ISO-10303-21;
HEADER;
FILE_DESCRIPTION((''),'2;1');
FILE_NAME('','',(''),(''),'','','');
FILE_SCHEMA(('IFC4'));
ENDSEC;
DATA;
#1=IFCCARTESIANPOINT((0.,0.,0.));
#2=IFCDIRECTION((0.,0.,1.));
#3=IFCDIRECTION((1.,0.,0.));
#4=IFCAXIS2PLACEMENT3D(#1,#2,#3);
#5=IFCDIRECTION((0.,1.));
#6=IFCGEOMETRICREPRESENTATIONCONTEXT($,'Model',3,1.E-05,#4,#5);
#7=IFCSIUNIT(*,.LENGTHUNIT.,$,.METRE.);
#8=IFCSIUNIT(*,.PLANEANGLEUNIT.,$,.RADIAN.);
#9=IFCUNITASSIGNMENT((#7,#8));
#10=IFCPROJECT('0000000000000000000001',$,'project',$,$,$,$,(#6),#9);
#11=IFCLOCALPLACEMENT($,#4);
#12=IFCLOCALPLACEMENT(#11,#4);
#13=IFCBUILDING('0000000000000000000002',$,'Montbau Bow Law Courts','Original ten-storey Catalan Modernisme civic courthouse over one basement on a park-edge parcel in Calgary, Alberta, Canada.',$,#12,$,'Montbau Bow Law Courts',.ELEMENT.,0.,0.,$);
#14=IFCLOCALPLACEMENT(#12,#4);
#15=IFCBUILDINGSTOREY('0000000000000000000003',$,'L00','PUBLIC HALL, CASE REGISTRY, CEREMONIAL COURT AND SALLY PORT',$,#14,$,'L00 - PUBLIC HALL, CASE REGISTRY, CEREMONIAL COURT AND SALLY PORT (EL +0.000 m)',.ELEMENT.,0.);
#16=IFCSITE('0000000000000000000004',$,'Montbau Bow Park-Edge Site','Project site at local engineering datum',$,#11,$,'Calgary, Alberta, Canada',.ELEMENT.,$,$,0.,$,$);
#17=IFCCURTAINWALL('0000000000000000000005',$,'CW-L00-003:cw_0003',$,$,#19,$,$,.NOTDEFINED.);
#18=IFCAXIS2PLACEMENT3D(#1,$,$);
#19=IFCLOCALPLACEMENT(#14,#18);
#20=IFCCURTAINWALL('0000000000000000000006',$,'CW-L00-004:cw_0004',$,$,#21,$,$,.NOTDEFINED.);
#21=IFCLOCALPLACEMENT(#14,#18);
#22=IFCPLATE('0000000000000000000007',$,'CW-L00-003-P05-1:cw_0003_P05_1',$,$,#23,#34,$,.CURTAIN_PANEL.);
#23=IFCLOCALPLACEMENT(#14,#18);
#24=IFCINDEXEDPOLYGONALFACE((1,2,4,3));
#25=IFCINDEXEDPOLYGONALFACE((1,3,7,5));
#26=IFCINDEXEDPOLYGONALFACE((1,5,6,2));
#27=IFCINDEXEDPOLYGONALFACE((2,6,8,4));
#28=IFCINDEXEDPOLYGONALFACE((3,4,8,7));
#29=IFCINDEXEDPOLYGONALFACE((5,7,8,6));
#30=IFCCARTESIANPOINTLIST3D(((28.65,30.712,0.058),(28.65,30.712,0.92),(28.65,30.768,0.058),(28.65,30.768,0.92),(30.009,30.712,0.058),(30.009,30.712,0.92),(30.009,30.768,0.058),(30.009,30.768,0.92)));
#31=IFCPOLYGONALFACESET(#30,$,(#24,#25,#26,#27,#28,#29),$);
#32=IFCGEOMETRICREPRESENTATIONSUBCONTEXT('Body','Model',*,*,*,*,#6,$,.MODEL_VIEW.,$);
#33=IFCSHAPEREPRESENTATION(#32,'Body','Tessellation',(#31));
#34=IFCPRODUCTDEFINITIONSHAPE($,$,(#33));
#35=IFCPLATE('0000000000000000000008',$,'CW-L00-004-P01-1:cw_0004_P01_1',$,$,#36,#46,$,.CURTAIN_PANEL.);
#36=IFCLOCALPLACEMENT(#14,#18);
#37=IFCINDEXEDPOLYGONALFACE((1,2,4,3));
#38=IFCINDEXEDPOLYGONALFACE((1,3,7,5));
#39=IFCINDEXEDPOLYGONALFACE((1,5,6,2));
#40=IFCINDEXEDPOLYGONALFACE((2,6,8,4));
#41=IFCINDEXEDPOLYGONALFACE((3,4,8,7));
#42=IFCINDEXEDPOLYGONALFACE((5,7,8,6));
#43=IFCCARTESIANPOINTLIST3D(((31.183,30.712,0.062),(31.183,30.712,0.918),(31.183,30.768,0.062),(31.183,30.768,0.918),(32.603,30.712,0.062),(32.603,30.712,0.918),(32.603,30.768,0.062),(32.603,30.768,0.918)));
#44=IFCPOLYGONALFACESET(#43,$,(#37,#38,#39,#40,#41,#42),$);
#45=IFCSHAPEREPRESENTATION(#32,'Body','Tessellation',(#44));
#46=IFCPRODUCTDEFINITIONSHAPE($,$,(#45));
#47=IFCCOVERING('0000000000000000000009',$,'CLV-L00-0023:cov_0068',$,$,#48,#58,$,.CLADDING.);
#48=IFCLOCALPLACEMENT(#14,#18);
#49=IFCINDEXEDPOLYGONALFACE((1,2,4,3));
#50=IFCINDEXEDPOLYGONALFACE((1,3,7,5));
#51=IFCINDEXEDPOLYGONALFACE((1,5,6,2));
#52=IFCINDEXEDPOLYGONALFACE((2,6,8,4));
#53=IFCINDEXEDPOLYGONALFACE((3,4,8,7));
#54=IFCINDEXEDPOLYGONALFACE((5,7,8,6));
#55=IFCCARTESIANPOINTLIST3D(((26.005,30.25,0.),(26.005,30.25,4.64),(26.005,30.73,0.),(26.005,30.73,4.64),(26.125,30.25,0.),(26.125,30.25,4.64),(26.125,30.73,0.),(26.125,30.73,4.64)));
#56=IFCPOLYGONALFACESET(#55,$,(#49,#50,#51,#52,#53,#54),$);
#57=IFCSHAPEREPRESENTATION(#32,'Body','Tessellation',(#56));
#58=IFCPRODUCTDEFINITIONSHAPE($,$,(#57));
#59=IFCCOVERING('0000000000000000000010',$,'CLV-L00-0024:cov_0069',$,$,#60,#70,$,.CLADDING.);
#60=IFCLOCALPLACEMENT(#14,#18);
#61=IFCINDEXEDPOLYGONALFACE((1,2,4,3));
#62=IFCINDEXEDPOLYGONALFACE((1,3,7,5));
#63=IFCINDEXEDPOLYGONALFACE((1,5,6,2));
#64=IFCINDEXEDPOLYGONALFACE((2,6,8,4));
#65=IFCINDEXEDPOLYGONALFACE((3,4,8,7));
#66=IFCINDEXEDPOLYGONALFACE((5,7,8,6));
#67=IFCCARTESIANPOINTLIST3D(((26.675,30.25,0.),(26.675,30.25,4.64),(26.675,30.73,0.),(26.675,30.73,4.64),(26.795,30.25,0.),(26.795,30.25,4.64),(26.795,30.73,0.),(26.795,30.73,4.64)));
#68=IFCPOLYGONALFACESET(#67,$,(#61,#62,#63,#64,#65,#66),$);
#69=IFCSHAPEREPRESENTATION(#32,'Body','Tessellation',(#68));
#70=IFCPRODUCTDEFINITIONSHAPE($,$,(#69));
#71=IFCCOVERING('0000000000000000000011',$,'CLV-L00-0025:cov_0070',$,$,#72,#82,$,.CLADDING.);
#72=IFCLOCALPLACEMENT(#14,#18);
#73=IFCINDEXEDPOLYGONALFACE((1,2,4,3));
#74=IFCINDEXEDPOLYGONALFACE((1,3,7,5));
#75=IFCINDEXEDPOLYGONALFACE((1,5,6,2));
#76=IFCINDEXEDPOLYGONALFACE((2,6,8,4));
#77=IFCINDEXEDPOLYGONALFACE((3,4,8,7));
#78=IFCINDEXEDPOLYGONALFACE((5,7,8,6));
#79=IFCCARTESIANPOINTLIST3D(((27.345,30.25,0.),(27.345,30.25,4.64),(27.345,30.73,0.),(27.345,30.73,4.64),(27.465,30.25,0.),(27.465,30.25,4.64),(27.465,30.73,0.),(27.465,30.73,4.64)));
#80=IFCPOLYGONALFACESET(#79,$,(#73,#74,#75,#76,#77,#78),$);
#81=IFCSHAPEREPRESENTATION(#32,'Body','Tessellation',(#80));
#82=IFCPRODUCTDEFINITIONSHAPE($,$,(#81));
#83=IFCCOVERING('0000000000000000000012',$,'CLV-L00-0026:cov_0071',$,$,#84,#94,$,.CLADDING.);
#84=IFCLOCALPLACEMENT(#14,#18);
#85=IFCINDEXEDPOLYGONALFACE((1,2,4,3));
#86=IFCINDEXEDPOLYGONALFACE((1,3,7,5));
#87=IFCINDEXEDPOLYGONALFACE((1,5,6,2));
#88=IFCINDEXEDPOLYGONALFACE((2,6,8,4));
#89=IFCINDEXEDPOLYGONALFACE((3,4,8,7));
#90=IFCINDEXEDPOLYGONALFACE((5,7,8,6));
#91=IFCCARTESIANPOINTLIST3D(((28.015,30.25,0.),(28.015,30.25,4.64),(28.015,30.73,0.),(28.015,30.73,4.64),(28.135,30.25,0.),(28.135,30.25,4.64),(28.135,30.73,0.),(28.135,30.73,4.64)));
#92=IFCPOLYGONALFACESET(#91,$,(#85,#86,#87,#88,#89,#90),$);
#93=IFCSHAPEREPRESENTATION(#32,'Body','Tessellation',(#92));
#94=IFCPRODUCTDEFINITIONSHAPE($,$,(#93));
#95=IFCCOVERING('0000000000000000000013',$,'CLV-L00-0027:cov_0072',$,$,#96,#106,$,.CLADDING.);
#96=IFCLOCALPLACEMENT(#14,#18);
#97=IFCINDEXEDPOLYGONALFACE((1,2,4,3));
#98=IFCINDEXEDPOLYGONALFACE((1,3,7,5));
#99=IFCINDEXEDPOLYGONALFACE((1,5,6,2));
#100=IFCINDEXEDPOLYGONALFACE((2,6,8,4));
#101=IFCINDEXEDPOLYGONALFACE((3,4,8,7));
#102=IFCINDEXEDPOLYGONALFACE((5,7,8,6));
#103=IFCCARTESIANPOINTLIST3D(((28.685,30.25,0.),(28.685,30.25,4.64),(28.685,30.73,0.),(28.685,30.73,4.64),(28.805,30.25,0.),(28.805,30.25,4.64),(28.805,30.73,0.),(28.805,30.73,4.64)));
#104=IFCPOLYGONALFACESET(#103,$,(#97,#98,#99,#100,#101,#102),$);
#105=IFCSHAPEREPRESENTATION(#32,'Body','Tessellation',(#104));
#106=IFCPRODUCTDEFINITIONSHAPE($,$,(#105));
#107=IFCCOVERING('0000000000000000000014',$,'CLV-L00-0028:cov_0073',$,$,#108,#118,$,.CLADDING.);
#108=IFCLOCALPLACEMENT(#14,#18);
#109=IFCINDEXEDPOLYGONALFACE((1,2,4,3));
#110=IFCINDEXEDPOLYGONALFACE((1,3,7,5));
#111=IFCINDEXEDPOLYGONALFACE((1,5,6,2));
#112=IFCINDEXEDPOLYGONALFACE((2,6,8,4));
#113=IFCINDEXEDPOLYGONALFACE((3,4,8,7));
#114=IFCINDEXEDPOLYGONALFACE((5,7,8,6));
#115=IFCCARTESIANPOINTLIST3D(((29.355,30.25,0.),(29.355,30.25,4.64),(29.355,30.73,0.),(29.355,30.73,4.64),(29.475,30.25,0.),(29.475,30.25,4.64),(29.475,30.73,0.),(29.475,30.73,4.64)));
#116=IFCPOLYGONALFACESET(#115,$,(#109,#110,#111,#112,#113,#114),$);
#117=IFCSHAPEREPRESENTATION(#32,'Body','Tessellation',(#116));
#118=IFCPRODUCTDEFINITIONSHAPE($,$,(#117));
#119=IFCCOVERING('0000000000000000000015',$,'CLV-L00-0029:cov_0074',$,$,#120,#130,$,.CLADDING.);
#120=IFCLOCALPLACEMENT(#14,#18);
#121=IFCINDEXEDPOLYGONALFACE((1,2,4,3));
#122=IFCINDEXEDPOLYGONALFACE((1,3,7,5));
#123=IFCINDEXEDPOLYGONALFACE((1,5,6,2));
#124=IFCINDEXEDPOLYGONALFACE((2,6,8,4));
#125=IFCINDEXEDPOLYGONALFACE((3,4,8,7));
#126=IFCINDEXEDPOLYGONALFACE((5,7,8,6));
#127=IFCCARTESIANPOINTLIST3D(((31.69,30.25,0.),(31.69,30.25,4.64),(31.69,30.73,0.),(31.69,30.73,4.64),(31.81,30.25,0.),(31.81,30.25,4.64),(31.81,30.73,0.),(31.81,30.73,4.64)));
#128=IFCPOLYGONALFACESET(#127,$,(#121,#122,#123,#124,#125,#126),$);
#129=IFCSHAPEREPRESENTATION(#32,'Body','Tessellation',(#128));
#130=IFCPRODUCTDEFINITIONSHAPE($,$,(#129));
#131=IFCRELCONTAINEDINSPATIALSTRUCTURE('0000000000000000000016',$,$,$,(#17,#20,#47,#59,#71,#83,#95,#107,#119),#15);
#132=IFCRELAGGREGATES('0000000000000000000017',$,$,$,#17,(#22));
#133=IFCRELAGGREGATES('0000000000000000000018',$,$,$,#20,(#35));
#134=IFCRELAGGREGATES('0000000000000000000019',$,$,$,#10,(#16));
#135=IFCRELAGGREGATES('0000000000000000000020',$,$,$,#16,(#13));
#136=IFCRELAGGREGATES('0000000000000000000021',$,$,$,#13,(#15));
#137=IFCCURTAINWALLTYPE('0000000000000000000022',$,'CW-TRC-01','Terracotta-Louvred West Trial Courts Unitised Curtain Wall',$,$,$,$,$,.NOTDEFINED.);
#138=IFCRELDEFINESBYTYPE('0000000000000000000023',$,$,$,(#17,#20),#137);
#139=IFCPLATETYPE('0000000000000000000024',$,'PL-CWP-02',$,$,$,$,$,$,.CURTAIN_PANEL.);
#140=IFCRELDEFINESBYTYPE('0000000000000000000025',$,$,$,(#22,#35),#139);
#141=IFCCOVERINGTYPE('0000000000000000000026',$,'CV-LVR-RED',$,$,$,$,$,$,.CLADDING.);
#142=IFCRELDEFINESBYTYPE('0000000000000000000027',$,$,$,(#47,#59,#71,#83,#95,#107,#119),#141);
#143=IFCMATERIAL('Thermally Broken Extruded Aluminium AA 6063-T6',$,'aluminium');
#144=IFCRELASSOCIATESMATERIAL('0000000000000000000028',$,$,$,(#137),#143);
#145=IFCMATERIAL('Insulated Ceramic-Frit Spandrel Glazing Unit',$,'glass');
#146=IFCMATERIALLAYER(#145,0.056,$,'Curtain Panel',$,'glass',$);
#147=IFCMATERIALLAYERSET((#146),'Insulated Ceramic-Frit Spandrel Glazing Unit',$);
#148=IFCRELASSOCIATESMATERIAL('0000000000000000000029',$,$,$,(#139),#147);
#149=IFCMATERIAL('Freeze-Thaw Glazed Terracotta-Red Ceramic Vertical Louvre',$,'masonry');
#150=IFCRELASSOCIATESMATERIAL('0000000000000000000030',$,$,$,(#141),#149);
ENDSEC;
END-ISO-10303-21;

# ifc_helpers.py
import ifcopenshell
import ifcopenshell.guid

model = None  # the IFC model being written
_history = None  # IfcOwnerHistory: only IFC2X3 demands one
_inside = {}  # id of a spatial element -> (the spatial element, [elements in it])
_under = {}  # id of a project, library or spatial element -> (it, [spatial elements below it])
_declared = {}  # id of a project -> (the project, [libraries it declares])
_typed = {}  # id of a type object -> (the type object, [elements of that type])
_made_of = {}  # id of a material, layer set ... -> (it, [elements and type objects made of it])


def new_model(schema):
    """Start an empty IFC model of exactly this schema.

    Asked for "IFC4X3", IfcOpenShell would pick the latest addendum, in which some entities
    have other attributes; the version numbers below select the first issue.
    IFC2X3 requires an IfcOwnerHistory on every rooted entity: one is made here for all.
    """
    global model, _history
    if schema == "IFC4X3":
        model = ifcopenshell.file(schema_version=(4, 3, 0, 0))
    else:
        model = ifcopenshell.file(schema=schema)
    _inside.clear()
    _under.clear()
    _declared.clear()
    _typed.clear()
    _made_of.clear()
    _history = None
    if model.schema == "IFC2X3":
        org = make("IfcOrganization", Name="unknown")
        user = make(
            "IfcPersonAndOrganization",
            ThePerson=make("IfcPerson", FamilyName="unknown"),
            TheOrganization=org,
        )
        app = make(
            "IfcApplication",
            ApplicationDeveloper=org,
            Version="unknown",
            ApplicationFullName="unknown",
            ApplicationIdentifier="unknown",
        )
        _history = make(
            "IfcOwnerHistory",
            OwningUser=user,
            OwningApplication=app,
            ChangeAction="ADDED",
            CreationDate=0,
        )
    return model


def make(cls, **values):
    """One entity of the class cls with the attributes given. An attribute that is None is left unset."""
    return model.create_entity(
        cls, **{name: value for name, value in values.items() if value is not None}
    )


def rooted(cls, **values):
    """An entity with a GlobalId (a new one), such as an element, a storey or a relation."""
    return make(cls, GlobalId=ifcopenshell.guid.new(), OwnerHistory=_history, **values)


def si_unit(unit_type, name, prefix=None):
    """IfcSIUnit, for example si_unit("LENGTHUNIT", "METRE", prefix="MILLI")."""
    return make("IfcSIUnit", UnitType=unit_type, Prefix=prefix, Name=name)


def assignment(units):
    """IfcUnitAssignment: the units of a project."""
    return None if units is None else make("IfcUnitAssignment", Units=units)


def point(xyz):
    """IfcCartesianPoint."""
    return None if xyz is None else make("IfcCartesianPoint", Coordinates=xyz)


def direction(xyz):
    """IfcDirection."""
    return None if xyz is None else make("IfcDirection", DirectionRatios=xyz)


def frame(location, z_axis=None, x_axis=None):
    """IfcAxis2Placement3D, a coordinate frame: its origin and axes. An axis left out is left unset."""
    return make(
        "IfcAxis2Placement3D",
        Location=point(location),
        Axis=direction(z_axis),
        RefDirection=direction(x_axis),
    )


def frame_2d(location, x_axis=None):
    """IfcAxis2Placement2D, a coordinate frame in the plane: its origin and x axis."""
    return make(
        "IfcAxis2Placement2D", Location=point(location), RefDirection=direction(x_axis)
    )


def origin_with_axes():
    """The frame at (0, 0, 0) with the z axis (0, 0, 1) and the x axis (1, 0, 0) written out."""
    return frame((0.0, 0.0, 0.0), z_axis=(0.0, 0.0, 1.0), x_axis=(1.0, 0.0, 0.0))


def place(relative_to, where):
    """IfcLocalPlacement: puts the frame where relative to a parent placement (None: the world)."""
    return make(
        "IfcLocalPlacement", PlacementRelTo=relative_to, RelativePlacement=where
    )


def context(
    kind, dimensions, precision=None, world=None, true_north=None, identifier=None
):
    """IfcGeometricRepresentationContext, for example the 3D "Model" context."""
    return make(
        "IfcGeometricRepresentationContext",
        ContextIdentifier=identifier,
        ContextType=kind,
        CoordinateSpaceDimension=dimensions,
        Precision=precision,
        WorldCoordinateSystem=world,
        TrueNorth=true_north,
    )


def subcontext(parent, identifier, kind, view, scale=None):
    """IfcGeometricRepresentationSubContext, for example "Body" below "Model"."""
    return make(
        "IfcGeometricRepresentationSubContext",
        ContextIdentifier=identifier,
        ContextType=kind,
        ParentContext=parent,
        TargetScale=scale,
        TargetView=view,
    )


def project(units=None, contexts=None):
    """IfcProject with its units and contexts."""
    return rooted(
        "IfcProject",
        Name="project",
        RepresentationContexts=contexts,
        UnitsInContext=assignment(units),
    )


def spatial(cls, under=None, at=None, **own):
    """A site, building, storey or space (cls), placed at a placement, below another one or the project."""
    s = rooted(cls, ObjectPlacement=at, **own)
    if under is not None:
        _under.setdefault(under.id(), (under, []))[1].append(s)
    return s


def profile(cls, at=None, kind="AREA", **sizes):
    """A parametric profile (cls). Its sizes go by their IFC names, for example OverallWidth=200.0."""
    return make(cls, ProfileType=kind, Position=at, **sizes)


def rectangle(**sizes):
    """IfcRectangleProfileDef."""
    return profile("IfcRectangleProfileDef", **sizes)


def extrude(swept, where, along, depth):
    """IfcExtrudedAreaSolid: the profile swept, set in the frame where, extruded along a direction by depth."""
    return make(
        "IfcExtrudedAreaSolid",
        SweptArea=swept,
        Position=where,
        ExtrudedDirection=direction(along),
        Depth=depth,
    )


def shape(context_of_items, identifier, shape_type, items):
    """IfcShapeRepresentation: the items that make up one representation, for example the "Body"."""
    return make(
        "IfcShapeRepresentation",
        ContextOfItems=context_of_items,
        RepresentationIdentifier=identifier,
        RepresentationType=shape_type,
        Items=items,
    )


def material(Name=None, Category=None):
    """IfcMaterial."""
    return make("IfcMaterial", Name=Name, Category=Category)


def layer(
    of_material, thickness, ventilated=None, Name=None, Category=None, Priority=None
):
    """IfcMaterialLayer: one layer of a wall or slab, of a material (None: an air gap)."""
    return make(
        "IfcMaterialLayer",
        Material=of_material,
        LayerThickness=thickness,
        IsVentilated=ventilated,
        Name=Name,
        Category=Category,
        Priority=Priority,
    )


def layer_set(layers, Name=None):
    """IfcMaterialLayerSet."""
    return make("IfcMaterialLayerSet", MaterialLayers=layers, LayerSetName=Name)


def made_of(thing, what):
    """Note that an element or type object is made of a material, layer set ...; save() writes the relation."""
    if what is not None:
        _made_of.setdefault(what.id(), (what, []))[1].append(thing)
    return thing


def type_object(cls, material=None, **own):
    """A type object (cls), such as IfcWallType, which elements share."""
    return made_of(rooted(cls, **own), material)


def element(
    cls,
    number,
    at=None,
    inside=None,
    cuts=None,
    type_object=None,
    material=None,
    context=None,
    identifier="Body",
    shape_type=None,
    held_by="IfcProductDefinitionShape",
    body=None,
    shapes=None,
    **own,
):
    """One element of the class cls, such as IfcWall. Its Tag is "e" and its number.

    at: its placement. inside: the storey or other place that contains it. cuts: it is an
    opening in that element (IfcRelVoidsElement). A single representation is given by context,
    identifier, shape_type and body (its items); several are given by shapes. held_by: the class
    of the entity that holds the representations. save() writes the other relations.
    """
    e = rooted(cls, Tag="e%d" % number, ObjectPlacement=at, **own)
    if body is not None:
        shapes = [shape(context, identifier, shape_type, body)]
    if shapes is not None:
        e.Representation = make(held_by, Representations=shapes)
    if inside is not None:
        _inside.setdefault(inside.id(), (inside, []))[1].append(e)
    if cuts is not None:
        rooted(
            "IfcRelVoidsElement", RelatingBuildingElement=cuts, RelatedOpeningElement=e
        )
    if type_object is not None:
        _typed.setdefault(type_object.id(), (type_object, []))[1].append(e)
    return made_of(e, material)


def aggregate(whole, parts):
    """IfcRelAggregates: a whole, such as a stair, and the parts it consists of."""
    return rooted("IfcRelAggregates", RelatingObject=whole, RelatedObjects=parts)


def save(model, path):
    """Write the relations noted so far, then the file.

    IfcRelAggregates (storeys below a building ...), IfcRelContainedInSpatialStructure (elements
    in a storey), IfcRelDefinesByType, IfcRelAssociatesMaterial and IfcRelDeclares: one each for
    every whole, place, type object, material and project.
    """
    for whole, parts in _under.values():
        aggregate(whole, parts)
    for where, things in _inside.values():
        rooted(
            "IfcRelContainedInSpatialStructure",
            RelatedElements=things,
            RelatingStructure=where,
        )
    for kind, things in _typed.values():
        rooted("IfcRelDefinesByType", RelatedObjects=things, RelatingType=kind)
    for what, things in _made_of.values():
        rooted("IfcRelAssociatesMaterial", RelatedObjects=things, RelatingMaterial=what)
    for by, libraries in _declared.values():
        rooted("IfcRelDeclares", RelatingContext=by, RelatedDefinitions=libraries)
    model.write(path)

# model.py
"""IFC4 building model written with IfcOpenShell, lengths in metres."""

from ifc_helpers import new_model, si_unit, direction, frame, frame_2d, origin_with_axes, place, context, subcontext, project, spatial, rectangle, extrude, material, layer, layer_set, type_object, element, aggregate, save


model = new_model("IFC4")

# Units and contexts
model_context = context("Model", 3, precision=1e-05, world=origin_with_axes(), true_north=direction((0.0, 1.0)))
body_context = subcontext(model_context, "Body", "Model", "MODEL_VIEW")
ifc_project = project(units=[si_unit("LENGTHUNIT", "METRE"), si_unit("PLANEANGLEUNIT", "RADIAN")], contexts=[model_context])

# Site, building, storey
site_placement = place(None, origin_with_axes())
site = spatial("IfcSite", under=ifc_project, at=site_placement, Name="Montbau Bow Park-Edge Site", Description="Project site at local engineering datum", LongName="Calgary, Alberta, Canada", CompositionType="ELEMENT", RefElevation=0.0)
building_placement = place(site_placement, origin_with_axes())
building = spatial("IfcBuilding", under=site, at=building_placement, Name="Montbau Bow Law Courts", Description="Original ten-storey Catalan Modernisme civic courthouse over one basement on a park-edge parcel in Calgary, Alberta, Canada.", LongName="Montbau Bow Law Courts", CompositionType="ELEMENT", ElevationOfRefHeight=0.0, ElevationOfTerrain=0.0)
storey_placement = place(building_placement, origin_with_axes())
storey = spatial("IfcBuildingStorey", under=building, at=storey_placement, Name="L00", Description="PUBLIC HALL, CASE REGISTRY, CEREMONIAL COURT AND SALLY PORT", LongName="L00 - PUBLIC HALL, CASE REGISTRY, CEREMONIAL COURT AND SALLY PORT (EL +0.000 m)", CompositionType="ELEMENT", Elevation=0.0)

# Curtain walls
ifc_material_1 = material(Name="Thermally Broken Extruded Aluminium AA 6063-T6", Category="aluminium")
curtain_wall_type = type_object("IfcCurtainWallType", Name="CW-TRC-01", Description="Terracotta-Louvred West Trial Courts Unitised Curtain Wall", PredefinedType="NOTDEFINED", material=ifc_material_1)
curtain_wall_1_placement = place(None, frame((22.715, 30.74, 0.0), z_axis=(0.0, 0.0, 1.0), x_axis=(1.0, 0.0, 0.0)))
curtain_wall_1 = element("IfcCurtainWall", 1, at=curtain_wall_1_placement, inside=storey, type_object=curtain_wall_type, Name="CW-L00-003:cw_0003", PredefinedType="NOTDEFINED")
curtain_wall_2_placement = place(None, frame((31.115, 30.74, 0.0), z_axis=(0.0, 0.0, 1.0), x_axis=(1.0, 0.0, 0.0)))
curtain_wall_2 = element("IfcCurtainWall", 2, at=curtain_wall_2_placement, inside=storey, type_object=curtain_wall_type, Name="CW-L00-004:cw_0004", PredefinedType="NOTDEFINED")

# Plates
ifc_material_2 = material(Name="Insulated Ceramic-Frit Spandrel Glazing Unit", Category="glass")
ifc_layer_1 = layer(ifc_material_2, 0.056, Name="Curtain Panel", Category="glass")
ifc_layer_set_1 = layer_set([ifc_layer_1], Name="Insulated Ceramic-Frit Spandrel Glazing Unit")
plate_type_1 = type_object("IfcPlateType", Name="PL-CWP-02", PredefinedType="CURTAIN_PANEL", material=ifc_layer_set_1)
plate_1_placement = place(None, frame((28.65, 30.74, 0.058), z_axis=(0.0, -1.0, 0.0), x_axis=(1.0, 0.0, 0.0)))
plate_1 = element("IfcPlate", 3, at=plate_1_placement, type_object=plate_type_1, Name="CW-L00-003-P05-1:cw_0003_P05_1", PredefinedType="CURTAIN_PANEL", context=body_context, shape_type="SweptSolid", body=[
    extrude(rectangle(XDim=1.359, YDim=0.862, at=frame_2d((0.6795, 0.431), x_axis=(1.0, 0.0))), frame((0.0, 0.0, -0.028), z_axis=(0.0, 0.0, 1.0), x_axis=(1.0, 0.0, 0.0)), (0.0, 0.0, 1.0), 0.056),
])
aggregate(curtain_wall_1, [plate_1])
plate_2_placement = place(None, frame((31.183, 30.74, 0.062), z_axis=(0.0, -1.0, 0.0), x_axis=(1.0, 0.0, 0.0)))
plate_2 = element("IfcPlate", 4, at=plate_2_placement, type_object=plate_type_1, Name="CW-L00-004-P01-1:cw_0004_P01_1", PredefinedType="CURTAIN_PANEL", context=body_context, shape_type="SweptSolid", body=[
    extrude(rectangle(XDim=1.42, YDim=0.856, at=frame_2d((0.71, 0.428), x_axis=(1.0, 0.0))), frame((0.0, 0.0, -0.028), z_axis=(0.0, 0.0, 1.0), x_axis=(1.0, 0.0, 0.0)), (0.0, 0.0, 1.0), 0.056),
])
aggregate(curtain_wall_2, [plate_2])

# Coverings
ifc_material_3 = material(Name="Freeze-Thaw Glazed Terracotta-Red Ceramic Vertical Louvre", Category="masonry")
covering_type = type_object("IfcCoveringType", Name="CV-LVR-RED", PredefinedType="CLADDING", material=ifc_material_3)
for number, where, z_axis, x_axis, name in (
    (5, (26.065, 30.73, 0.0), (-1.0, 0.0, 0.0), (0.0, -1.0, 0.0), "CLV-L00-0023:cov_0068"),
    (6, (26.735, 30.73, 0.0), (-1.0, 0.0, 0.0), (0.0, -1.0, 0.0), "CLV-L00-0024:cov_0069"),
    (7, (27.405, 30.73, 0.0), (-1.0, 0.0, 0.0), (0.0, -1.0, 0.0), "CLV-L00-0025:cov_0070"),
    (8, (28.075, 30.73, 0.0), (-1.0, 0.0, 0.0), (0.0, -1.0, 0.0), "CLV-L00-0026:cov_0071"),
    (9, (28.745, 30.73, 0.0), (-1.0, 0.0, 0.0), (0.0, -1.0, 0.0), "CLV-L00-0027:cov_0072"),
    (10, (29.415, 30.73, 0.0), (-1.0, 0.0, 0.0), (0.0, -1.0, 0.0), "CLV-L00-0028:cov_0073"),
    (11, (31.75, 30.73, 0.0), (-1.0, 0.0, 0.0), (0.0, -1.0, 0.0), "CLV-L00-0029:cov_0074"),
):
    element("IfcCovering", number, at=place(None, frame(where, z_axis=z_axis, x_axis=x_axis)), inside=storey, type_object=covering_type, Name=name, PredefinedType="CLADDING", context=body_context, shape_type="SweptSolid", body=[
        extrude(rectangle(XDim=0.48, YDim=4.64, at=frame_2d((0.24, 2.32), x_axis=(1.0, 0.0))), frame((0.0, 0.0, -0.06), z_axis=(0.0, 0.0, 1.0), x_axis=(1.0, 0.0, 0.0)), (0.0, 0.0, 1.0), 0.12),
    ])

save(model, "model.ifc")
